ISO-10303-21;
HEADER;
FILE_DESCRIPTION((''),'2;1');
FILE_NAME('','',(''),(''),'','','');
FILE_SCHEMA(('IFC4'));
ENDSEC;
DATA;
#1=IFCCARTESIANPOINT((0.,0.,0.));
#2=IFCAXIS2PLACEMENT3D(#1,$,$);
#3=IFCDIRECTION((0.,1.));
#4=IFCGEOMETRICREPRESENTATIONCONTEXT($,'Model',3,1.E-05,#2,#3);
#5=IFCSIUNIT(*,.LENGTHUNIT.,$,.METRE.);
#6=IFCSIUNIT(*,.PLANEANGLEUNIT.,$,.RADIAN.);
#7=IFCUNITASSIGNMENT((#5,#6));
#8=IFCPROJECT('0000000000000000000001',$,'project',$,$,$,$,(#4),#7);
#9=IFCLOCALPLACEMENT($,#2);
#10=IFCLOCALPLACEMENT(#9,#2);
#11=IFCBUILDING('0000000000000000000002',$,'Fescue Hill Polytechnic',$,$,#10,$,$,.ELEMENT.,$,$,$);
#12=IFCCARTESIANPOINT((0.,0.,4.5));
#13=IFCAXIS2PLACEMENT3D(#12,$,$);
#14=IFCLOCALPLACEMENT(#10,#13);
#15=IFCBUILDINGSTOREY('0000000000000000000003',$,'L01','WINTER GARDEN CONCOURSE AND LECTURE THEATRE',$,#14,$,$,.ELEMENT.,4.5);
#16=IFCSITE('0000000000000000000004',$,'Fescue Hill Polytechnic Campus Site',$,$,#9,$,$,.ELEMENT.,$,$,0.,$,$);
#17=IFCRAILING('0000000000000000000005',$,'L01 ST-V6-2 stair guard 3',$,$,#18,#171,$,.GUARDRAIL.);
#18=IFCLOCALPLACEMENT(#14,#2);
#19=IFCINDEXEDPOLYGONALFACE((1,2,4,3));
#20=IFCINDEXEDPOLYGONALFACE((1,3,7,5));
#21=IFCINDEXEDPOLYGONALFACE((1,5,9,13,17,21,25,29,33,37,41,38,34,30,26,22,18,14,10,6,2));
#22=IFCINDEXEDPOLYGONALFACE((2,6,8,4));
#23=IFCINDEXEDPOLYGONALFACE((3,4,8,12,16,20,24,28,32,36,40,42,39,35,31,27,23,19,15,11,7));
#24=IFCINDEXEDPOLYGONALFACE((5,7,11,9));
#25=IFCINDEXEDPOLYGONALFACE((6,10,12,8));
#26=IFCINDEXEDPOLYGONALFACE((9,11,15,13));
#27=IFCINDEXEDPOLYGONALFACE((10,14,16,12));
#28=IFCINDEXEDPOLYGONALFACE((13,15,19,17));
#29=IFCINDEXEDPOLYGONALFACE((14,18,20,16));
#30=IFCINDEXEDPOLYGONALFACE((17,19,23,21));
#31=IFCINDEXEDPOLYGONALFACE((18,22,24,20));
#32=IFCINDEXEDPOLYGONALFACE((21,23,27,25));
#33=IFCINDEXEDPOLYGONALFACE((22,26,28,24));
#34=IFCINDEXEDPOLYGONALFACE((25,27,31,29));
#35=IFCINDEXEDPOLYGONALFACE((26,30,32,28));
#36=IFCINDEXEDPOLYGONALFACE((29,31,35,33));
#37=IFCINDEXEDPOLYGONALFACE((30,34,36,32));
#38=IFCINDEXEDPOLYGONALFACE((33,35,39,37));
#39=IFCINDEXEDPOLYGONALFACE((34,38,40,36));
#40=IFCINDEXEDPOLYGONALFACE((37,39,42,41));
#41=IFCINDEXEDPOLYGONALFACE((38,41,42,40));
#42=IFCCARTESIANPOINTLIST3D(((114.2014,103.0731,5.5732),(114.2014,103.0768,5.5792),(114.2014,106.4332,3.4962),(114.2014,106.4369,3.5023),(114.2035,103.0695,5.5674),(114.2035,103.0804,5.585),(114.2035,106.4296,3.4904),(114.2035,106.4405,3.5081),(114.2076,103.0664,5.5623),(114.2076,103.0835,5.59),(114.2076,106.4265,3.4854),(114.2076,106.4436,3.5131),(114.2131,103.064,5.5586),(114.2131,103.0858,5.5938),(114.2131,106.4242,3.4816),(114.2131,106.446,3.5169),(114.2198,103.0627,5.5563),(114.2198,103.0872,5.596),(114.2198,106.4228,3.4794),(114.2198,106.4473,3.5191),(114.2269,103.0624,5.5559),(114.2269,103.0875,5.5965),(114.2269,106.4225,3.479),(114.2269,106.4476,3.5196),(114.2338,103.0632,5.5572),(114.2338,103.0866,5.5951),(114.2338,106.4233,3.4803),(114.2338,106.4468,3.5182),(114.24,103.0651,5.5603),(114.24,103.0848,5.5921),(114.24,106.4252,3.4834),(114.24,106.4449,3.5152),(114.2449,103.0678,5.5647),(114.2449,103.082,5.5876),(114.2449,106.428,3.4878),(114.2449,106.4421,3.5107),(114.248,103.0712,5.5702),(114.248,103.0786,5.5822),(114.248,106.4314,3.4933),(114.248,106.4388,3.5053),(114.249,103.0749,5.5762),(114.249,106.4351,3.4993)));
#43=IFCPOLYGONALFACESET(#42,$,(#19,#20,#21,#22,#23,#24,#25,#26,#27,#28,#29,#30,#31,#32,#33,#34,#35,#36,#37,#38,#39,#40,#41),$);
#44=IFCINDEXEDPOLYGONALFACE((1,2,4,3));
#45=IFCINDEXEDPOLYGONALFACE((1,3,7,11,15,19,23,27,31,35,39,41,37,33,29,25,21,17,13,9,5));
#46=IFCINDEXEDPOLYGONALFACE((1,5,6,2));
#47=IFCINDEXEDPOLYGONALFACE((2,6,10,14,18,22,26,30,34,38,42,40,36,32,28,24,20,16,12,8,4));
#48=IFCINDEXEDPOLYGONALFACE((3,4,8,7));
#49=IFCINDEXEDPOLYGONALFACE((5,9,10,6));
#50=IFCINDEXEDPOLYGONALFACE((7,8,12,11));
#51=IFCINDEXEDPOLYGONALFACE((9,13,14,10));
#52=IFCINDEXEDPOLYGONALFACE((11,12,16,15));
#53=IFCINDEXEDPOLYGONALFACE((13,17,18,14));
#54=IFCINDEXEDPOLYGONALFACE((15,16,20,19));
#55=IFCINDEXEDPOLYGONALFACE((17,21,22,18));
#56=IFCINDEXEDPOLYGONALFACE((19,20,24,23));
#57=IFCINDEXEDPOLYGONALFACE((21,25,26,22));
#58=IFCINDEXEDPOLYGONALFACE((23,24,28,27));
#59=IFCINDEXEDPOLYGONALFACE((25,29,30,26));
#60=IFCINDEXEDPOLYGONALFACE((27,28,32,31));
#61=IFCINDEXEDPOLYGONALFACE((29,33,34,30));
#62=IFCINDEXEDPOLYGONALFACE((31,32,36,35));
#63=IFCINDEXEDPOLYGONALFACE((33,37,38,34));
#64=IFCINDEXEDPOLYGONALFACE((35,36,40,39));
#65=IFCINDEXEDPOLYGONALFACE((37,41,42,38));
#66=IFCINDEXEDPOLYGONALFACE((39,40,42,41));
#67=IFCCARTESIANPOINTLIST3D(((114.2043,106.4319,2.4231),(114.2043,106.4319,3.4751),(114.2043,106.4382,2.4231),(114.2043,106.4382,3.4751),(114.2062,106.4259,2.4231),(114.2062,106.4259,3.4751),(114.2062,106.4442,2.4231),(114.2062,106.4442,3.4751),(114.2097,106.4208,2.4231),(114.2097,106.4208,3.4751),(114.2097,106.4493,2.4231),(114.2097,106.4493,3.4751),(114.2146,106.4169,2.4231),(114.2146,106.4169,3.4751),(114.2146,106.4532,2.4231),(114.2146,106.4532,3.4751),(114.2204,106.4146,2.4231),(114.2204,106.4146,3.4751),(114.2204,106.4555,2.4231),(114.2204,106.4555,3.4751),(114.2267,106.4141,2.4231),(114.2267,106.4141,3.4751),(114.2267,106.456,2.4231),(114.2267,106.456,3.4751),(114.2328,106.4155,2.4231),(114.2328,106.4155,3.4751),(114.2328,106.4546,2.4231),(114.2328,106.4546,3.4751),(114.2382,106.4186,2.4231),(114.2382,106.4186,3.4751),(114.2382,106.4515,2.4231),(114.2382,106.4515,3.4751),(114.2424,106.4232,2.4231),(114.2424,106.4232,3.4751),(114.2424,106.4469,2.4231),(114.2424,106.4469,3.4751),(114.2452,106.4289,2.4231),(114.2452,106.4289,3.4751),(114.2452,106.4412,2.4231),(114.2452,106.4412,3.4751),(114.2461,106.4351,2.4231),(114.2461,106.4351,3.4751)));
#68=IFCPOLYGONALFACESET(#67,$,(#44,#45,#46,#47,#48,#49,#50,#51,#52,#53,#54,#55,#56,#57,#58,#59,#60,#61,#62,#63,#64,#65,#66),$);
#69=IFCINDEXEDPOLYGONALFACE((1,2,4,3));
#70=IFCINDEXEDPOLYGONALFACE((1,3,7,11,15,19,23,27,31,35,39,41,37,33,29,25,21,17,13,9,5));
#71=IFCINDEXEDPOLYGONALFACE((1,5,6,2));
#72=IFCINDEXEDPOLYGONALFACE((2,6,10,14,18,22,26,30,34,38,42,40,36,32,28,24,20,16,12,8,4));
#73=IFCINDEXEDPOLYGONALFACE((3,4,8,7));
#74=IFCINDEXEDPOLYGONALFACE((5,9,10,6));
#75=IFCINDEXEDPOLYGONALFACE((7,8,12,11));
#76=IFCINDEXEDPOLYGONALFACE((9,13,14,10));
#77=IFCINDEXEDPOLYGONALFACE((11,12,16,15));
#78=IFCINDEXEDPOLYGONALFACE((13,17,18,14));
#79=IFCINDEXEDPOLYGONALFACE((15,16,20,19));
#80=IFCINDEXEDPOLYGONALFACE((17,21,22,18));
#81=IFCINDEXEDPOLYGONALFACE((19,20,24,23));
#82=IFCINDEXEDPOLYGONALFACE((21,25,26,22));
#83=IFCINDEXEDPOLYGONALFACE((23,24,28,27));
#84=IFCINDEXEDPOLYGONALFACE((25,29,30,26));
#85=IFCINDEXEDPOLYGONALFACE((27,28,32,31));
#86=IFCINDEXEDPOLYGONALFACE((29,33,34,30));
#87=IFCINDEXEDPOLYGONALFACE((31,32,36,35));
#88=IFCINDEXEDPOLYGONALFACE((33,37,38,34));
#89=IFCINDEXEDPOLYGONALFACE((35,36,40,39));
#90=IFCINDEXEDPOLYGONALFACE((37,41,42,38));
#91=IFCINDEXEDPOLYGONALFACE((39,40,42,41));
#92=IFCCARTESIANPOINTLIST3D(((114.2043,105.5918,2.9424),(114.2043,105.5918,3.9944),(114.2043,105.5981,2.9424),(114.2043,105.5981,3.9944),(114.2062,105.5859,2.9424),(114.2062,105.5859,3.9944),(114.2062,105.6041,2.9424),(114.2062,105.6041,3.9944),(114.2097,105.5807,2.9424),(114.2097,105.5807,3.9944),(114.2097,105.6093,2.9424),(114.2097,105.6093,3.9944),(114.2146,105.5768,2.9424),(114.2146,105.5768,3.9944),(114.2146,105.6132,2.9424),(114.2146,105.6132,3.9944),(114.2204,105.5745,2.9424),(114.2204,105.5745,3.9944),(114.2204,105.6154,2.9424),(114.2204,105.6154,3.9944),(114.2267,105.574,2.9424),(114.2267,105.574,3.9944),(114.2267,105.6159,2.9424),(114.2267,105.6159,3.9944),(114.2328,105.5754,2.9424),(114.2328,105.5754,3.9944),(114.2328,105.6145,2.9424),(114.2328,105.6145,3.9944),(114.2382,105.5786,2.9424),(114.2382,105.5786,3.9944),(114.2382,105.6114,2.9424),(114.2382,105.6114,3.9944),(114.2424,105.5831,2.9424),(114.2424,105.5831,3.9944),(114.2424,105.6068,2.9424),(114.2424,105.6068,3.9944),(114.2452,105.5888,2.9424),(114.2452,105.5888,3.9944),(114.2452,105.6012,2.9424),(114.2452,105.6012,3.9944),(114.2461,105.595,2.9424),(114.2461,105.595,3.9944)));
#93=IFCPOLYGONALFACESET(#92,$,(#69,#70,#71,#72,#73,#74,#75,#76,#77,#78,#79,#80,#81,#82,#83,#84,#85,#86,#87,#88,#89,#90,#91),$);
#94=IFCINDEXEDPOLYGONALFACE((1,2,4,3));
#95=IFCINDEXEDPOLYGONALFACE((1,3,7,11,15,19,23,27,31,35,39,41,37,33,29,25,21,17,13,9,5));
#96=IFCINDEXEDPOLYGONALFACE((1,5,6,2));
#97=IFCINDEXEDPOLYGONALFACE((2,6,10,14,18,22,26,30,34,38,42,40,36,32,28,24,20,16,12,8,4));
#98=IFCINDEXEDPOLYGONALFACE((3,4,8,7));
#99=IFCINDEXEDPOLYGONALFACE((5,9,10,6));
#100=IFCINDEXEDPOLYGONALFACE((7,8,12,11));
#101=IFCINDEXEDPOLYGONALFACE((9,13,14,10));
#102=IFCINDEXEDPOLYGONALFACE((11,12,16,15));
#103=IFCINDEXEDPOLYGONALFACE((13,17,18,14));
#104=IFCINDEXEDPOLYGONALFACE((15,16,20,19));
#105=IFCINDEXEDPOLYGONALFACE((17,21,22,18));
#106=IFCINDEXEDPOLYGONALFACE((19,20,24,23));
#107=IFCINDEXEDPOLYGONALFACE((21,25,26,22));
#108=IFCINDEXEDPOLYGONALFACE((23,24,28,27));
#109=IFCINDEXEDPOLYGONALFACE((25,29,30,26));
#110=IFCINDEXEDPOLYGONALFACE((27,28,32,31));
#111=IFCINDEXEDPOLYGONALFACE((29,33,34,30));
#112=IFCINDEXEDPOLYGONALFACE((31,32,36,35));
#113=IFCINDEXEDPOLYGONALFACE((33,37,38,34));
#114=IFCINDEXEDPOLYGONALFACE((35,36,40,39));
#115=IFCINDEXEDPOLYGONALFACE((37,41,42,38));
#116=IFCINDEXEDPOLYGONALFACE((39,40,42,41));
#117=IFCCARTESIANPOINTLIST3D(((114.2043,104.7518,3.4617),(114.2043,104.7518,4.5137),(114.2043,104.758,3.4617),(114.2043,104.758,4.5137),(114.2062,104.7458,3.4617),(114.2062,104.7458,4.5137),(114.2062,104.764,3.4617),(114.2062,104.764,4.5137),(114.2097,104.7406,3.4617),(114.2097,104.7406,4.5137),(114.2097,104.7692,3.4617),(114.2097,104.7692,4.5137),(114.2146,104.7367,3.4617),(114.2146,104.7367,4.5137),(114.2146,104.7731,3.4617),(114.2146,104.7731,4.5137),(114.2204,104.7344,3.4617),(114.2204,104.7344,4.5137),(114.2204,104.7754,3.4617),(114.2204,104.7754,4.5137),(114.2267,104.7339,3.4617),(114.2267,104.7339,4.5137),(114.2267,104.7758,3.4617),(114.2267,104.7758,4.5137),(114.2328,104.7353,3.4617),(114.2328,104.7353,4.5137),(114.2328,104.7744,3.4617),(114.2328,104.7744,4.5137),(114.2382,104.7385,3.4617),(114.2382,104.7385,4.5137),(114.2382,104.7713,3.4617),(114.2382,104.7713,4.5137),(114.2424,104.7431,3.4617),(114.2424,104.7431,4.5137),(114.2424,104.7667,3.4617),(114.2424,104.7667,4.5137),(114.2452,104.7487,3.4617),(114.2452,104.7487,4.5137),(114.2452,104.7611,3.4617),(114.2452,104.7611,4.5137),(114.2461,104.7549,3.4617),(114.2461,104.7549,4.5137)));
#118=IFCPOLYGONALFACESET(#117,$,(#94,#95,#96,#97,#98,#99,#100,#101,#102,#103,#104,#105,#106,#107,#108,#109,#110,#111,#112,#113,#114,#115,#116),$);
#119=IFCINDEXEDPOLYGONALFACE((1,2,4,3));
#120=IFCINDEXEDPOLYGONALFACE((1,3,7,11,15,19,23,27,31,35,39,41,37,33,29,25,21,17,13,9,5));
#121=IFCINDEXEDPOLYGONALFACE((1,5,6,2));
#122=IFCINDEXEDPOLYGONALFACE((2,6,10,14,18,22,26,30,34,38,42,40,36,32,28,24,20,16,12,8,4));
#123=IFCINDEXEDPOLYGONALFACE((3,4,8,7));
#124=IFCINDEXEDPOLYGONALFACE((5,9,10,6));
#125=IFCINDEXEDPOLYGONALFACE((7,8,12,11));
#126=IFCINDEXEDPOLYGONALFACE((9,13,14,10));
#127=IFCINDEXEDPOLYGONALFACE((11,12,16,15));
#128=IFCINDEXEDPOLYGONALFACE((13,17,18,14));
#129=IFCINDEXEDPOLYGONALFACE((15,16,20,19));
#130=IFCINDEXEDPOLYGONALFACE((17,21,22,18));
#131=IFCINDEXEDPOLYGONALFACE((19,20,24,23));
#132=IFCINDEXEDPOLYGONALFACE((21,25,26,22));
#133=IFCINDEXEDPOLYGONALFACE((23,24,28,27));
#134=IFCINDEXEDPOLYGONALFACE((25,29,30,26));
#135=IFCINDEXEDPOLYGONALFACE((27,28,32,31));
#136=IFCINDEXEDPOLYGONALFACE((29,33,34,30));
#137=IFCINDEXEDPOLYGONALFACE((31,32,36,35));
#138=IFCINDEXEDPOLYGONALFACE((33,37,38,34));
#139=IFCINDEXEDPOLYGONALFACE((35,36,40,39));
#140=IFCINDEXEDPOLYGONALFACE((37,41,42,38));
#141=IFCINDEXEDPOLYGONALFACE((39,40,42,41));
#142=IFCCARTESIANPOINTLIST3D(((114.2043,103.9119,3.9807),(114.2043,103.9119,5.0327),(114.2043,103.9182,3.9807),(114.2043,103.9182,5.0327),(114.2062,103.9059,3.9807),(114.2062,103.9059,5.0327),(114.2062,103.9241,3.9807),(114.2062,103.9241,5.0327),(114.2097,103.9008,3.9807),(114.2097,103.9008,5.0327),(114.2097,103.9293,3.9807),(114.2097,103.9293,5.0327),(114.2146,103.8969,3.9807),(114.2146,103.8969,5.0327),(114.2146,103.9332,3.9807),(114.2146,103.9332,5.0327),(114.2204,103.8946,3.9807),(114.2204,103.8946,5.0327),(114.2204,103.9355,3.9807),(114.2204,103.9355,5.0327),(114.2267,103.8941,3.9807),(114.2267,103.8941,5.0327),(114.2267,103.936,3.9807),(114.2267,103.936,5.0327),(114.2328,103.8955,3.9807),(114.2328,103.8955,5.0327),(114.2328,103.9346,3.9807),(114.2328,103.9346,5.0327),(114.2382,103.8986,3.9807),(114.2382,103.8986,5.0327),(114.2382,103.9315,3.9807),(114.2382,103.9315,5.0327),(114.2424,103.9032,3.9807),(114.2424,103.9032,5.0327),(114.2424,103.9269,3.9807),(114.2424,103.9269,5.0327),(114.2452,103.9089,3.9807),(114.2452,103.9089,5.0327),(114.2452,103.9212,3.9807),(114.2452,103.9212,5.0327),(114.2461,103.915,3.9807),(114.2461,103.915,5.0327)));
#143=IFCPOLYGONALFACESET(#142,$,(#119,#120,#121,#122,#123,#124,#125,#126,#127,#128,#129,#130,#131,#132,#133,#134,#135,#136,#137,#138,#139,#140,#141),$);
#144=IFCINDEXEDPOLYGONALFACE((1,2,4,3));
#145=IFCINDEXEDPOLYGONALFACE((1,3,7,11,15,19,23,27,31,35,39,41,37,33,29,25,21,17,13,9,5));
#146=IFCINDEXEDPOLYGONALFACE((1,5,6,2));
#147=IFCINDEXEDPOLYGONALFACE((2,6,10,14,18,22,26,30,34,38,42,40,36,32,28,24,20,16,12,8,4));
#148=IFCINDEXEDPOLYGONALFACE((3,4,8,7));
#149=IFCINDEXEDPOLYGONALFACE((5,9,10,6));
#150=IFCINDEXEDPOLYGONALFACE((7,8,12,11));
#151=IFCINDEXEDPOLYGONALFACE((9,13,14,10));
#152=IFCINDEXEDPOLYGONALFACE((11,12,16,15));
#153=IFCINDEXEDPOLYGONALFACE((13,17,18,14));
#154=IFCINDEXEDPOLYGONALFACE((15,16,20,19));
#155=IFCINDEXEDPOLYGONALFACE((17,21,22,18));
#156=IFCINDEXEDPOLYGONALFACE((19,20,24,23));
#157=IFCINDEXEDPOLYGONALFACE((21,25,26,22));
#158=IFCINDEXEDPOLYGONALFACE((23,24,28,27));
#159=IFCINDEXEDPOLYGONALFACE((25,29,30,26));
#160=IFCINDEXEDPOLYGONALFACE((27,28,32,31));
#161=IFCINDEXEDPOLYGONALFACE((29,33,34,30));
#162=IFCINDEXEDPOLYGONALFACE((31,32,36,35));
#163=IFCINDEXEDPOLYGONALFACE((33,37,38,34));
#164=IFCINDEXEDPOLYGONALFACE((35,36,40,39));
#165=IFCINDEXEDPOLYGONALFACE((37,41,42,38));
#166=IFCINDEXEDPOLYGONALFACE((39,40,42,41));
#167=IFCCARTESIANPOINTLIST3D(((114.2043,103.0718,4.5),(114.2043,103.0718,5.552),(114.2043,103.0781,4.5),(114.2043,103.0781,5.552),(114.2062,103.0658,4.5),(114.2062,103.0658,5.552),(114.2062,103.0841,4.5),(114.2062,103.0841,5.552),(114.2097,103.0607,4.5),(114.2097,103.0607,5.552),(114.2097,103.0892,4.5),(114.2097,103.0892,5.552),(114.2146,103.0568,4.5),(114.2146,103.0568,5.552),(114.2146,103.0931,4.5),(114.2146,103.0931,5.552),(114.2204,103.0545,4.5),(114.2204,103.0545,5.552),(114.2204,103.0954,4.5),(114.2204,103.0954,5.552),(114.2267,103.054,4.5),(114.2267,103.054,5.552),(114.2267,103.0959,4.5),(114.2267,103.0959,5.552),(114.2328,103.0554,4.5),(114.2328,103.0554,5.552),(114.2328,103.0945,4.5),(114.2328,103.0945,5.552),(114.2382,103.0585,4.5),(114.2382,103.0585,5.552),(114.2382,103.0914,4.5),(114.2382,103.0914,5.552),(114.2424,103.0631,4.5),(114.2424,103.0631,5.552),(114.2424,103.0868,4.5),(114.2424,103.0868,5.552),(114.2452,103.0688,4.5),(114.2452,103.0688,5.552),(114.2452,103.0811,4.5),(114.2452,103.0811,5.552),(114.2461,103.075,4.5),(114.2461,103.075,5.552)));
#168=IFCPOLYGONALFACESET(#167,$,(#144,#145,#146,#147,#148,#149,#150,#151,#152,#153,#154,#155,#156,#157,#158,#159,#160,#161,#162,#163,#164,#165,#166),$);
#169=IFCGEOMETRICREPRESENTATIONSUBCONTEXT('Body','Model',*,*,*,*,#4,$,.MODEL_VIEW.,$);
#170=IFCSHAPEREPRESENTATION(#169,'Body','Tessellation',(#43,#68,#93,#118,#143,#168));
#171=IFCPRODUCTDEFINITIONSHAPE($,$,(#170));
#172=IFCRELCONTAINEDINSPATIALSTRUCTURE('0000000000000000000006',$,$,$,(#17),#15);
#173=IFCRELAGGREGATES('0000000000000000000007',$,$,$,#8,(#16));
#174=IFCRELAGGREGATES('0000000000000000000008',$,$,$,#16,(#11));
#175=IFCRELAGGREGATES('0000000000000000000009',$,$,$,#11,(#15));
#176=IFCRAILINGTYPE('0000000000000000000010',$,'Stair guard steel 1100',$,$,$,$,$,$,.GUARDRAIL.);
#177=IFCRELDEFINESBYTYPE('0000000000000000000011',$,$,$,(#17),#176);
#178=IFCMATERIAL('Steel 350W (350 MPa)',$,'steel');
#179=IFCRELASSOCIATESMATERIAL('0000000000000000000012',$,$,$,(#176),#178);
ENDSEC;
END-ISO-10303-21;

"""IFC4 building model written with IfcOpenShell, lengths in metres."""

from ifc_helpers import new_model, si_unit, direction, frame, origin, origin_2d, place, context, subcontext, project, spatial, circle, extrude, material, type_object, element, save


model = new_model("IFC4")

# Units and contexts
model_context = context("Model", 3, precision=1e-05, world=origin(), true_north=direction((0.0, 1.0)))
body_context = subcontext(model_context, "Body", "Model", "MODEL_VIEW")
ifc_project = project(units=[si_unit("LENGTHUNIT", "METRE"), si_unit("PLANEANGLEUNIT", "RADIAN")], contexts=[model_context])

# Site, building, storey
site_placement = place(None, origin())
site = spatial("IfcSite", under=ifc_project, at=site_placement, Name="Fescue Hill Polytechnic Campus Site", CompositionType="ELEMENT", RefElevation=0.0)
building_placement = place(site_placement, origin())
building = spatial("IfcBuilding", under=site, at=building_placement, Name="Fescue Hill Polytechnic", CompositionType="ELEMENT")
storey_placement = place(building_placement, frame((0.0, 0.0, 4.5)))
storey = spatial("IfcBuildingStorey", under=building, at=storey_placement, Name="L01", Description="WINTER GARDEN CONCOURSE AND LECTURE THEATRE", CompositionType="ELEMENT", Elevation=4.5)

# Railing
ifc_material_1 = material(Name="Steel 350W (350 MPa)", Category="steel")
railing_type_1 = type_object("IfcRailingType", Name="Stair guard steel 1100", PredefinedType="GUARDRAIL", material=ifc_material_1)
railing_1_placement = place(storey_placement, frame((114.2251, 106.4351, 2.4231)))
element("IfcRailing", 1, at=railing_1_placement, inside=storey, type_object=railing_type_1, Name="L01 ST-V6-2 stair guard 3", PredefinedType="GUARDRAIL", context=body_context, shape_type="SweptSolid", body=[
    extrude(circle(Radius=0.0239, at=origin_2d()), frame((0.0, 0.0, 1.0762), z_axis=(0.0, -0.850623, 0.525776), x_axis=(1.0, 0.0, 0.0)), (0.0, 0.0, 1.0), 3.9502),
    extrude(circle(Radius=0.021, at=origin_2d()), origin(), (0.0, 0.0, 1.0), 1.052),
    extrude(circle(Radius=0.021, at=origin_2d()), frame((0.0, -0.8401, 0.5193)), (0.0, 0.0, 1.0), 1.052),
    extrude(circle(Radius=0.021, at=origin_2d()), frame((0.0, -1.6802, 1.0386)), (0.0, 0.0, 1.0), 1.052),
    extrude(circle(Radius=0.021, at=origin_2d()), frame((0.0, -2.52, 1.5576)), (0.0, 0.0, 1.0), 1.052),
    extrude(circle(Radius=0.021, at=origin_2d()), frame((0.0, -3.3601, 2.0769)), (0.0, 0.0, 1.0), 1.052),
])

save(model, "model.ifc")
